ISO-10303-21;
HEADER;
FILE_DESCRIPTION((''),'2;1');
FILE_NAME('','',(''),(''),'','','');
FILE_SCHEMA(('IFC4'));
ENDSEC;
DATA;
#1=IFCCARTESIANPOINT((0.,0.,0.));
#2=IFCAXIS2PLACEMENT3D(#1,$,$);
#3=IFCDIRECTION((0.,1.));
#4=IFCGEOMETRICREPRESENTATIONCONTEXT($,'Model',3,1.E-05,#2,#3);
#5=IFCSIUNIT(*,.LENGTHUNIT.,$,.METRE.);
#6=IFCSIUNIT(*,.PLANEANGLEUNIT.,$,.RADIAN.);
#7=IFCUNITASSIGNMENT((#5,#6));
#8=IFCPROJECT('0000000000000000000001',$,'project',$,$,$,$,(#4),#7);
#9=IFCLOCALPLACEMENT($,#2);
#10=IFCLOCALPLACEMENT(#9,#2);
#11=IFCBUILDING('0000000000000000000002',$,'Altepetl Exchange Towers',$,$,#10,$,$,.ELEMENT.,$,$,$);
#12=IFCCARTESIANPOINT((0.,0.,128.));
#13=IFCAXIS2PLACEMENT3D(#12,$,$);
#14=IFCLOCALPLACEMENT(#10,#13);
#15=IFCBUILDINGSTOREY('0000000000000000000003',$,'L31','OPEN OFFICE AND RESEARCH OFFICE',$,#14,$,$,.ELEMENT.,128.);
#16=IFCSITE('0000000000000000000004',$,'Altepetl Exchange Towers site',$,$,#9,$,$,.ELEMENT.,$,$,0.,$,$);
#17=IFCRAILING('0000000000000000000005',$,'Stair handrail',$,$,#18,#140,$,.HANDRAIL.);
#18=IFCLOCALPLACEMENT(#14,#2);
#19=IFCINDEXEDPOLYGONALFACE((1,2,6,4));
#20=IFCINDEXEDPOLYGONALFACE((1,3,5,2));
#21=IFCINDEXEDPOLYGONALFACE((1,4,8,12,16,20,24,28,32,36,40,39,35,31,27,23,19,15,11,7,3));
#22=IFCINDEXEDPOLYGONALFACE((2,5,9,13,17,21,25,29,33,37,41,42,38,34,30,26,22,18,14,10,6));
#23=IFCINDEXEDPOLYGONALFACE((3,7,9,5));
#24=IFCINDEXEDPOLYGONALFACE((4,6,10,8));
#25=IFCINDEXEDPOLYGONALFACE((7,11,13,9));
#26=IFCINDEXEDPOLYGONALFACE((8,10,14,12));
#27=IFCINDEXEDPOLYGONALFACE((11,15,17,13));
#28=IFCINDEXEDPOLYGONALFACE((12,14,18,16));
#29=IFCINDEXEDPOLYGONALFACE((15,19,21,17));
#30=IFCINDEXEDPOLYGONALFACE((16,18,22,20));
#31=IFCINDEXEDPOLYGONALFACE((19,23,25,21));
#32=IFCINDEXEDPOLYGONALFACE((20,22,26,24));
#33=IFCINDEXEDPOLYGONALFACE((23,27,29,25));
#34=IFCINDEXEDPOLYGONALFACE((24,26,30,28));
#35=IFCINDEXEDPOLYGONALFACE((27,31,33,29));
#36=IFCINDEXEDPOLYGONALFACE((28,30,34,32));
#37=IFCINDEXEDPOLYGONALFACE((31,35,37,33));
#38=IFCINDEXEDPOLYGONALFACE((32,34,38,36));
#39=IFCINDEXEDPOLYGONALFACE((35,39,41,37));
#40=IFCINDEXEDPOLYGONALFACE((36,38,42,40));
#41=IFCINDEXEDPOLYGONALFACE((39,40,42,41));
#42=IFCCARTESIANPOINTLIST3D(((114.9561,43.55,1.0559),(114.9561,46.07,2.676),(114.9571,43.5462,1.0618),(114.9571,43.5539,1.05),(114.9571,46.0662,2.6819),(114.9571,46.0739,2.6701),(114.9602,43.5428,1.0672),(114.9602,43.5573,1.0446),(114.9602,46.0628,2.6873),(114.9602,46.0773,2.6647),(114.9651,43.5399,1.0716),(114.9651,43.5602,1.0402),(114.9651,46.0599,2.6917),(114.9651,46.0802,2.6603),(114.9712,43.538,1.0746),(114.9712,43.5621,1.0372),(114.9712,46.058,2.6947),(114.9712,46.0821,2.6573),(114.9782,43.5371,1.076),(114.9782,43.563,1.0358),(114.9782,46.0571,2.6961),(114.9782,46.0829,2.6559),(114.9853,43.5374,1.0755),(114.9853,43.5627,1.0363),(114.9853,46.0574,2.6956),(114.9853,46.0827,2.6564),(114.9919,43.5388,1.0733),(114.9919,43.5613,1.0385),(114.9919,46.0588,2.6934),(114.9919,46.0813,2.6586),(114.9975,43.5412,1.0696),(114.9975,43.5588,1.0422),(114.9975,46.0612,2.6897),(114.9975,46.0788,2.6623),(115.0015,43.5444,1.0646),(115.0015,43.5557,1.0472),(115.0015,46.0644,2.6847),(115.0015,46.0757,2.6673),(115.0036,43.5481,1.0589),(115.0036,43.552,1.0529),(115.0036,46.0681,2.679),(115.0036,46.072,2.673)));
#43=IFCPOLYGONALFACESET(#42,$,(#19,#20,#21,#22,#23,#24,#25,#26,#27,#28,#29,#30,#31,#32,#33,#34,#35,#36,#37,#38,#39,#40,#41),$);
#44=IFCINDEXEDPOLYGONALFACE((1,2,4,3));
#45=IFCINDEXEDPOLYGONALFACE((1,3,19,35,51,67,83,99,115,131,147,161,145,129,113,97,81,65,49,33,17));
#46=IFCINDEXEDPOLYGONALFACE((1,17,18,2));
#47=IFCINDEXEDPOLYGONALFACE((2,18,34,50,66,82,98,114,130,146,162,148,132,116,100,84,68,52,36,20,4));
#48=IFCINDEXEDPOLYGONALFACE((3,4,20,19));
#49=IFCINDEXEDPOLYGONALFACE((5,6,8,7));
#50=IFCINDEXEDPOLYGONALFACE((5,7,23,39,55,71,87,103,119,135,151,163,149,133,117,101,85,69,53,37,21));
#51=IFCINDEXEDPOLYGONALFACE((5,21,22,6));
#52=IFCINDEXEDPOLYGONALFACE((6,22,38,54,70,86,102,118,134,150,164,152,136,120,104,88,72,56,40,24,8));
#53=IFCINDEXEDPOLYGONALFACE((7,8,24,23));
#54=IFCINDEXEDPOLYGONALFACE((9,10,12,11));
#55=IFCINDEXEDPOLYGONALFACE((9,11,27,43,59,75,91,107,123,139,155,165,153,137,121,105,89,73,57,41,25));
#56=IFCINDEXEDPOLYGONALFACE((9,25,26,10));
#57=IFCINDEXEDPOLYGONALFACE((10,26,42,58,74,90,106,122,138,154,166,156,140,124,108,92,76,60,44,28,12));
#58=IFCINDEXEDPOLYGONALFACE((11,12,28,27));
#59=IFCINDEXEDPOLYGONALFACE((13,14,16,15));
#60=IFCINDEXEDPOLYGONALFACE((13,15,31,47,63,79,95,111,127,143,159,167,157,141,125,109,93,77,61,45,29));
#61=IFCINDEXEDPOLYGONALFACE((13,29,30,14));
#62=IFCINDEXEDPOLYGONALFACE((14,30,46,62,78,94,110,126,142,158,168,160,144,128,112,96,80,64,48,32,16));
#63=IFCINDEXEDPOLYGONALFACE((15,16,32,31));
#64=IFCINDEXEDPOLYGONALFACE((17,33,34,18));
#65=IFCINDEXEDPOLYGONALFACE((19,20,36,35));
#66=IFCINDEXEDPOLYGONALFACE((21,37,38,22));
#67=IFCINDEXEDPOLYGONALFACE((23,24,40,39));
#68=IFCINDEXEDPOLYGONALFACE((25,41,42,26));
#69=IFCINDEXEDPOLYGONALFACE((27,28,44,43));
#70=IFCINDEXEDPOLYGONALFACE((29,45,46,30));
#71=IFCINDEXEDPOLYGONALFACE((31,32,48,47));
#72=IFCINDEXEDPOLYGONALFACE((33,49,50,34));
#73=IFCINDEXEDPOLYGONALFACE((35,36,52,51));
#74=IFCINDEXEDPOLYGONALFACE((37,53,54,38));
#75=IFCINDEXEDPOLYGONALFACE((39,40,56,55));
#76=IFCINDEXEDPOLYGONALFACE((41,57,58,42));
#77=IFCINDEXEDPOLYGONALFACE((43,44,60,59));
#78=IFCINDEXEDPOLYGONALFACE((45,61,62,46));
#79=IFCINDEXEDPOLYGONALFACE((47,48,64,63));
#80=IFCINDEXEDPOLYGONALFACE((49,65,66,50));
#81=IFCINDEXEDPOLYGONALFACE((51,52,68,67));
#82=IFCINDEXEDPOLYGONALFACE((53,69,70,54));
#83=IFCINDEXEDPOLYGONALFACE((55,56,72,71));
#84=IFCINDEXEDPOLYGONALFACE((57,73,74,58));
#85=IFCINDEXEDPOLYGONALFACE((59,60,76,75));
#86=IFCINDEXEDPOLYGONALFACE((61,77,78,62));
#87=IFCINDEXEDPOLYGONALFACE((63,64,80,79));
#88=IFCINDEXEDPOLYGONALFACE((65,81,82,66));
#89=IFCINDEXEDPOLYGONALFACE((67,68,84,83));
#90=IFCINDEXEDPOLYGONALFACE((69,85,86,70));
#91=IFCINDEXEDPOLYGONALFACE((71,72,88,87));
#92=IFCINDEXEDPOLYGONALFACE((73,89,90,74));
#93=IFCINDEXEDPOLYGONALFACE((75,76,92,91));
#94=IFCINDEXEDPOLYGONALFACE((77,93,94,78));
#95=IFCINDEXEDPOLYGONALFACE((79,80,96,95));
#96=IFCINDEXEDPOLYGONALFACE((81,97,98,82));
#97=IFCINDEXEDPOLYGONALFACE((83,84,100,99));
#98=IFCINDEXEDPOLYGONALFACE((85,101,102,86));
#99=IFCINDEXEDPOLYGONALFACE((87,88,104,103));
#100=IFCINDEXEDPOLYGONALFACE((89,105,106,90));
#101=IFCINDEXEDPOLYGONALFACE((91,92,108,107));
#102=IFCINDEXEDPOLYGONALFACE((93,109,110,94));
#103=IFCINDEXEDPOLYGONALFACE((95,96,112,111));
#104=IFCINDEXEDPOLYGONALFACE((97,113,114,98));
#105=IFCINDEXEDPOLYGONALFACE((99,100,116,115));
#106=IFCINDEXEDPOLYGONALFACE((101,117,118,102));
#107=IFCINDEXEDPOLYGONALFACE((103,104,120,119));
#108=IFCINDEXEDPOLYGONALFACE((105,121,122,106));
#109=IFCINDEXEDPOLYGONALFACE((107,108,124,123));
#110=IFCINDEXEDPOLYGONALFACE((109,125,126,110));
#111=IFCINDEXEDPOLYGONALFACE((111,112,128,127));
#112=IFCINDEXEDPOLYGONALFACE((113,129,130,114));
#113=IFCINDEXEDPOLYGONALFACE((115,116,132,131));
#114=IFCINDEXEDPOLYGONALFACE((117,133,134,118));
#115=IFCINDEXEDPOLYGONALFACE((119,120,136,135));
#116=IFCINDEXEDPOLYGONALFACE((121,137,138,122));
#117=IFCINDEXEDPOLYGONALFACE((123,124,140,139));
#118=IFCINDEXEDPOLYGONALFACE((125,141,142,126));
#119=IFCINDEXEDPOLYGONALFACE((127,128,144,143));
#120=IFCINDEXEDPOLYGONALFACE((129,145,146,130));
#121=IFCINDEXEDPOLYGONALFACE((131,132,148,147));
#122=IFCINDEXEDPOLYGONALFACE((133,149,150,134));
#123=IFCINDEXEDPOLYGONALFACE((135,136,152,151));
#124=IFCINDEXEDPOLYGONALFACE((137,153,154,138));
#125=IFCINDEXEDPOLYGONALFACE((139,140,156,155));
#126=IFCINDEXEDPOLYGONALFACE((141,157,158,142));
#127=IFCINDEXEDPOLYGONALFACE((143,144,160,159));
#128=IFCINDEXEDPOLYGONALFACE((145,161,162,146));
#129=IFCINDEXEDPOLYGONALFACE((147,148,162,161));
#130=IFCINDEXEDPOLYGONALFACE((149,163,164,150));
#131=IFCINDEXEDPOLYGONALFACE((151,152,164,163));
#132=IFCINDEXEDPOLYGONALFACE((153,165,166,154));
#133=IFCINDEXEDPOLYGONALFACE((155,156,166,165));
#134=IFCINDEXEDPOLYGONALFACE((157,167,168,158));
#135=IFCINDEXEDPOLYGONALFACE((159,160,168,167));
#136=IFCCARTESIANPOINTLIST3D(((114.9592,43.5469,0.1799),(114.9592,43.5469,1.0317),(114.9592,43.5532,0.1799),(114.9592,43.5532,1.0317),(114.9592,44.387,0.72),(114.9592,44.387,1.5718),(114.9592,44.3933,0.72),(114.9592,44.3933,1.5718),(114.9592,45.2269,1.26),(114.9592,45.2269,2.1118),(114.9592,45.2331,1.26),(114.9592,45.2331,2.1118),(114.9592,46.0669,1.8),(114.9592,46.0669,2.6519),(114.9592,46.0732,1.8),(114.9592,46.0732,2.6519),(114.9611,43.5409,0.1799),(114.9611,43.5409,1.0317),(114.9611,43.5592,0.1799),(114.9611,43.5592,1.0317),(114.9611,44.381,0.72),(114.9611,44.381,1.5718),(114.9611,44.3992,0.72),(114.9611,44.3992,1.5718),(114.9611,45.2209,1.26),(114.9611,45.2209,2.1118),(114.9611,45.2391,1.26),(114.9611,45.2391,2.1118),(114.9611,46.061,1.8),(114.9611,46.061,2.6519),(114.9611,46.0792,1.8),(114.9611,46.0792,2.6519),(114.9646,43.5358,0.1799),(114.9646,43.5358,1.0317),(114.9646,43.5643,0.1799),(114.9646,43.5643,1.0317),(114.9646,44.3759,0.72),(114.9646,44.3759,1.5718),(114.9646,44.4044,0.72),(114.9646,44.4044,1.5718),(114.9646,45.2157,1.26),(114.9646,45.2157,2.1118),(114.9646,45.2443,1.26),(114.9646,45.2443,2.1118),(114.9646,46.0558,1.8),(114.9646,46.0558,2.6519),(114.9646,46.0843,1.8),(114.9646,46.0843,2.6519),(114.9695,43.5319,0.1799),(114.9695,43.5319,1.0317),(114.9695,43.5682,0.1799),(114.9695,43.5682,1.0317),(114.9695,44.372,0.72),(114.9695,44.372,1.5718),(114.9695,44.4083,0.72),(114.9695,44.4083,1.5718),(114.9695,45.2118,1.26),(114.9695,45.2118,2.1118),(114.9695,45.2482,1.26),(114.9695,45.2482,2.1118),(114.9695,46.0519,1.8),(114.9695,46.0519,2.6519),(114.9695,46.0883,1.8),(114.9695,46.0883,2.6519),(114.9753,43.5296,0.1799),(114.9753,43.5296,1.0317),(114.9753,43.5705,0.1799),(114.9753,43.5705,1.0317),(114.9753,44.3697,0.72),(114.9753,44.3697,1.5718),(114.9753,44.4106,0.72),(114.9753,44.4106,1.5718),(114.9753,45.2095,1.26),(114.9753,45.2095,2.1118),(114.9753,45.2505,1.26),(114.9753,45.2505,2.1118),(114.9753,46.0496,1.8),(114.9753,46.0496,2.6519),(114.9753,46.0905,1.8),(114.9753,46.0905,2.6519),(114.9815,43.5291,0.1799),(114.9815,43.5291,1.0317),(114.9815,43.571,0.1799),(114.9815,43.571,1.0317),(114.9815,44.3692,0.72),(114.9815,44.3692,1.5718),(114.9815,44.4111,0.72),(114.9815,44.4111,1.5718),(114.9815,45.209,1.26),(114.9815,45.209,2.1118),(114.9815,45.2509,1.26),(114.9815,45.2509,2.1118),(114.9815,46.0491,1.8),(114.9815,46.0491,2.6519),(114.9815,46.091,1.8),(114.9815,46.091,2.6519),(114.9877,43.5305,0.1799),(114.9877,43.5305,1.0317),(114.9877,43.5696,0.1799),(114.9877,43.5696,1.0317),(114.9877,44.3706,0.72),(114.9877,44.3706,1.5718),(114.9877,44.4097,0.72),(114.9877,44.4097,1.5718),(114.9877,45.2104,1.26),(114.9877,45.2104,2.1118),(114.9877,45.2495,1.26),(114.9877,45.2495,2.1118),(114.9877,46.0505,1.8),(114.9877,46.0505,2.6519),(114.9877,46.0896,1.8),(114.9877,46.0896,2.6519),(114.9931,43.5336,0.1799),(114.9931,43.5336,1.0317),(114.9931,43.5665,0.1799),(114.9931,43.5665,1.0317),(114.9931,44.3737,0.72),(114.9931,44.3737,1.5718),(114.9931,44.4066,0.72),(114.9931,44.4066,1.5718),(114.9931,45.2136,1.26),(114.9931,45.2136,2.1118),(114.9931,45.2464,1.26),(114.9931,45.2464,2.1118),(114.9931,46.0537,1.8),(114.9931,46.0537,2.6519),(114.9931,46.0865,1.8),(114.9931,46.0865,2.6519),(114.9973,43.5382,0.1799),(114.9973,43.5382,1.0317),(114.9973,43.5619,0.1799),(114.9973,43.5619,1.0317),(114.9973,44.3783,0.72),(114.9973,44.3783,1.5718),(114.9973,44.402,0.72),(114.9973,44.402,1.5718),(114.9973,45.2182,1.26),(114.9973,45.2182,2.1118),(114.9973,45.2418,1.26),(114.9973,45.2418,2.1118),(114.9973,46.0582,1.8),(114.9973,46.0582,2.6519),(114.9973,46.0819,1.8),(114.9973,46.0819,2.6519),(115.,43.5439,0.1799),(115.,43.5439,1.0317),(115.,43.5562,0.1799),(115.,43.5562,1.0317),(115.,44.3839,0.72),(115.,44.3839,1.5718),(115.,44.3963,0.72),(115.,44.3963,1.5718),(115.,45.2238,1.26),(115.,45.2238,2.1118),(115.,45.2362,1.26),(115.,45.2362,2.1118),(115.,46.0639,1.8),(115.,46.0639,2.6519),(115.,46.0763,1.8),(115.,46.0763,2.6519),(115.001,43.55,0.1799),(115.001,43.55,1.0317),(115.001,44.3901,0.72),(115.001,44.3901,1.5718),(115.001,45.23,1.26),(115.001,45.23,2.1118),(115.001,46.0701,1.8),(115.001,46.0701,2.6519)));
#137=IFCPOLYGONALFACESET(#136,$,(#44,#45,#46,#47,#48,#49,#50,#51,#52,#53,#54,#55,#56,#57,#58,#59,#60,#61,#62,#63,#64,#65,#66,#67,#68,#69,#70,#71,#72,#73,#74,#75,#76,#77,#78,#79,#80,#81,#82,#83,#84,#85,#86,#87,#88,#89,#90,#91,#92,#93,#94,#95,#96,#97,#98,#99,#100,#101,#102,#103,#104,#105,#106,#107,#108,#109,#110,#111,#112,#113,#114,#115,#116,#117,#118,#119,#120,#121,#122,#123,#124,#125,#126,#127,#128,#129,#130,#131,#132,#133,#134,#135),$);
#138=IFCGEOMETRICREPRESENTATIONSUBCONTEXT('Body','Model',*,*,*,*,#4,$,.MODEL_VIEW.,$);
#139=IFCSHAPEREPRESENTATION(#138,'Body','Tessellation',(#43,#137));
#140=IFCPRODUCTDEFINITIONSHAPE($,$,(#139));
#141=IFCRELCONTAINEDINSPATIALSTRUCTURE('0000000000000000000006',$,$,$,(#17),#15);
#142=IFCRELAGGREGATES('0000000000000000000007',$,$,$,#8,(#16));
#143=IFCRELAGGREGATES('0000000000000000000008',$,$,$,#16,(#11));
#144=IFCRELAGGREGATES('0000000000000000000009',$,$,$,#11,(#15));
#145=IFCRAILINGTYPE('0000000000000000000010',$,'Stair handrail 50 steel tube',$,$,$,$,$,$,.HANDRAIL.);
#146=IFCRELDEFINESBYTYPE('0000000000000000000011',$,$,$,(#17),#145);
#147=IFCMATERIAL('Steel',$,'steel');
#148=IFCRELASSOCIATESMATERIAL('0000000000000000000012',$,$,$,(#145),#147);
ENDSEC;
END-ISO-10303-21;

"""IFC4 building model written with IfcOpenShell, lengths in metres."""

from ifc_helpers import new_model, si_unit, direction, frame, origin, origin_2d, place, context, subcontext, project, spatial, circle, extrude, source, transform, mapped, material, type_object, element, save


model = new_model("IFC4")

# Units and contexts
model_context = context("Model", 3, precision=1e-05, world=origin(), true_north=direction((0.0, 1.0)))
body_context = subcontext(model_context, "Body", "Model", "MODEL_VIEW")
ifc_project = project(units=[si_unit("LENGTHUNIT", "METRE"), si_unit("PLANEANGLEUNIT", "RADIAN")], contexts=[model_context])

# Site, building, storey
site_placement = place(None, origin())
site = spatial("IfcSite", under=ifc_project, at=site_placement, Name="Altepetl Exchange Towers site", CompositionType="ELEMENT", RefElevation=0.0)
building_placement = place(site_placement, origin())
building = spatial("IfcBuilding", under=site, at=building_placement, Name="Altepetl Exchange Towers", CompositionType="ELEMENT")
storey_placement = place(building_placement, frame((0.0, 0.0, 128.0)))
storey = spatial("IfcBuildingStorey", under=building, at=storey_placement, Name="L31", Description="OPEN OFFICE AND RESEARCH OFFICE", CompositionType="ELEMENT", Elevation=128.0)

# Railing
ifc_material_1 = material(Name="Steel", Category="steel")
railing_type = type_object("IfcRailingType", Name="Stair handrail 50 steel tube", PredefinedType="HANDRAIL", material=ifc_material_1)
shared_shape = source(origin(), body_context, "Body", "SweptSolid", [
    extrude(circle(Radius=0.021, at=origin_2d()), origin(), (0.0, 0.0, 1.0), 0.8518),
])
railing_1_placement = place(storey_placement, frame((114.98, 43.55, 0.1799)))
element("IfcRailing", 1, at=railing_1_placement, inside=storey, type_object=railing_type, Name="Stair handrail", PredefinedType="HANDRAIL", context=body_context, shape_type="SweptSolid", body=[
    extrude(circle(Radius=0.0239, at=origin_2d()), frame((0.0, 0.0, 0.876), z_axis=(0.0, 0.841163, 0.540782), x_axis=(-1.0, 0.0, 0.0)), (0.0, 0.0, 1.0), 2.9958),
    mapped(shared_shape, transform((0.0, 0.0, 0.0))),
    mapped(shared_shape, transform((0.0, 0.8401, 0.54))),
    mapped(shared_shape, transform((0.0, 1.6799, 1.0801))),
    mapped(shared_shape, transform((0.0, 2.52, 1.6201))),
])

save(model, "model.ifc")
